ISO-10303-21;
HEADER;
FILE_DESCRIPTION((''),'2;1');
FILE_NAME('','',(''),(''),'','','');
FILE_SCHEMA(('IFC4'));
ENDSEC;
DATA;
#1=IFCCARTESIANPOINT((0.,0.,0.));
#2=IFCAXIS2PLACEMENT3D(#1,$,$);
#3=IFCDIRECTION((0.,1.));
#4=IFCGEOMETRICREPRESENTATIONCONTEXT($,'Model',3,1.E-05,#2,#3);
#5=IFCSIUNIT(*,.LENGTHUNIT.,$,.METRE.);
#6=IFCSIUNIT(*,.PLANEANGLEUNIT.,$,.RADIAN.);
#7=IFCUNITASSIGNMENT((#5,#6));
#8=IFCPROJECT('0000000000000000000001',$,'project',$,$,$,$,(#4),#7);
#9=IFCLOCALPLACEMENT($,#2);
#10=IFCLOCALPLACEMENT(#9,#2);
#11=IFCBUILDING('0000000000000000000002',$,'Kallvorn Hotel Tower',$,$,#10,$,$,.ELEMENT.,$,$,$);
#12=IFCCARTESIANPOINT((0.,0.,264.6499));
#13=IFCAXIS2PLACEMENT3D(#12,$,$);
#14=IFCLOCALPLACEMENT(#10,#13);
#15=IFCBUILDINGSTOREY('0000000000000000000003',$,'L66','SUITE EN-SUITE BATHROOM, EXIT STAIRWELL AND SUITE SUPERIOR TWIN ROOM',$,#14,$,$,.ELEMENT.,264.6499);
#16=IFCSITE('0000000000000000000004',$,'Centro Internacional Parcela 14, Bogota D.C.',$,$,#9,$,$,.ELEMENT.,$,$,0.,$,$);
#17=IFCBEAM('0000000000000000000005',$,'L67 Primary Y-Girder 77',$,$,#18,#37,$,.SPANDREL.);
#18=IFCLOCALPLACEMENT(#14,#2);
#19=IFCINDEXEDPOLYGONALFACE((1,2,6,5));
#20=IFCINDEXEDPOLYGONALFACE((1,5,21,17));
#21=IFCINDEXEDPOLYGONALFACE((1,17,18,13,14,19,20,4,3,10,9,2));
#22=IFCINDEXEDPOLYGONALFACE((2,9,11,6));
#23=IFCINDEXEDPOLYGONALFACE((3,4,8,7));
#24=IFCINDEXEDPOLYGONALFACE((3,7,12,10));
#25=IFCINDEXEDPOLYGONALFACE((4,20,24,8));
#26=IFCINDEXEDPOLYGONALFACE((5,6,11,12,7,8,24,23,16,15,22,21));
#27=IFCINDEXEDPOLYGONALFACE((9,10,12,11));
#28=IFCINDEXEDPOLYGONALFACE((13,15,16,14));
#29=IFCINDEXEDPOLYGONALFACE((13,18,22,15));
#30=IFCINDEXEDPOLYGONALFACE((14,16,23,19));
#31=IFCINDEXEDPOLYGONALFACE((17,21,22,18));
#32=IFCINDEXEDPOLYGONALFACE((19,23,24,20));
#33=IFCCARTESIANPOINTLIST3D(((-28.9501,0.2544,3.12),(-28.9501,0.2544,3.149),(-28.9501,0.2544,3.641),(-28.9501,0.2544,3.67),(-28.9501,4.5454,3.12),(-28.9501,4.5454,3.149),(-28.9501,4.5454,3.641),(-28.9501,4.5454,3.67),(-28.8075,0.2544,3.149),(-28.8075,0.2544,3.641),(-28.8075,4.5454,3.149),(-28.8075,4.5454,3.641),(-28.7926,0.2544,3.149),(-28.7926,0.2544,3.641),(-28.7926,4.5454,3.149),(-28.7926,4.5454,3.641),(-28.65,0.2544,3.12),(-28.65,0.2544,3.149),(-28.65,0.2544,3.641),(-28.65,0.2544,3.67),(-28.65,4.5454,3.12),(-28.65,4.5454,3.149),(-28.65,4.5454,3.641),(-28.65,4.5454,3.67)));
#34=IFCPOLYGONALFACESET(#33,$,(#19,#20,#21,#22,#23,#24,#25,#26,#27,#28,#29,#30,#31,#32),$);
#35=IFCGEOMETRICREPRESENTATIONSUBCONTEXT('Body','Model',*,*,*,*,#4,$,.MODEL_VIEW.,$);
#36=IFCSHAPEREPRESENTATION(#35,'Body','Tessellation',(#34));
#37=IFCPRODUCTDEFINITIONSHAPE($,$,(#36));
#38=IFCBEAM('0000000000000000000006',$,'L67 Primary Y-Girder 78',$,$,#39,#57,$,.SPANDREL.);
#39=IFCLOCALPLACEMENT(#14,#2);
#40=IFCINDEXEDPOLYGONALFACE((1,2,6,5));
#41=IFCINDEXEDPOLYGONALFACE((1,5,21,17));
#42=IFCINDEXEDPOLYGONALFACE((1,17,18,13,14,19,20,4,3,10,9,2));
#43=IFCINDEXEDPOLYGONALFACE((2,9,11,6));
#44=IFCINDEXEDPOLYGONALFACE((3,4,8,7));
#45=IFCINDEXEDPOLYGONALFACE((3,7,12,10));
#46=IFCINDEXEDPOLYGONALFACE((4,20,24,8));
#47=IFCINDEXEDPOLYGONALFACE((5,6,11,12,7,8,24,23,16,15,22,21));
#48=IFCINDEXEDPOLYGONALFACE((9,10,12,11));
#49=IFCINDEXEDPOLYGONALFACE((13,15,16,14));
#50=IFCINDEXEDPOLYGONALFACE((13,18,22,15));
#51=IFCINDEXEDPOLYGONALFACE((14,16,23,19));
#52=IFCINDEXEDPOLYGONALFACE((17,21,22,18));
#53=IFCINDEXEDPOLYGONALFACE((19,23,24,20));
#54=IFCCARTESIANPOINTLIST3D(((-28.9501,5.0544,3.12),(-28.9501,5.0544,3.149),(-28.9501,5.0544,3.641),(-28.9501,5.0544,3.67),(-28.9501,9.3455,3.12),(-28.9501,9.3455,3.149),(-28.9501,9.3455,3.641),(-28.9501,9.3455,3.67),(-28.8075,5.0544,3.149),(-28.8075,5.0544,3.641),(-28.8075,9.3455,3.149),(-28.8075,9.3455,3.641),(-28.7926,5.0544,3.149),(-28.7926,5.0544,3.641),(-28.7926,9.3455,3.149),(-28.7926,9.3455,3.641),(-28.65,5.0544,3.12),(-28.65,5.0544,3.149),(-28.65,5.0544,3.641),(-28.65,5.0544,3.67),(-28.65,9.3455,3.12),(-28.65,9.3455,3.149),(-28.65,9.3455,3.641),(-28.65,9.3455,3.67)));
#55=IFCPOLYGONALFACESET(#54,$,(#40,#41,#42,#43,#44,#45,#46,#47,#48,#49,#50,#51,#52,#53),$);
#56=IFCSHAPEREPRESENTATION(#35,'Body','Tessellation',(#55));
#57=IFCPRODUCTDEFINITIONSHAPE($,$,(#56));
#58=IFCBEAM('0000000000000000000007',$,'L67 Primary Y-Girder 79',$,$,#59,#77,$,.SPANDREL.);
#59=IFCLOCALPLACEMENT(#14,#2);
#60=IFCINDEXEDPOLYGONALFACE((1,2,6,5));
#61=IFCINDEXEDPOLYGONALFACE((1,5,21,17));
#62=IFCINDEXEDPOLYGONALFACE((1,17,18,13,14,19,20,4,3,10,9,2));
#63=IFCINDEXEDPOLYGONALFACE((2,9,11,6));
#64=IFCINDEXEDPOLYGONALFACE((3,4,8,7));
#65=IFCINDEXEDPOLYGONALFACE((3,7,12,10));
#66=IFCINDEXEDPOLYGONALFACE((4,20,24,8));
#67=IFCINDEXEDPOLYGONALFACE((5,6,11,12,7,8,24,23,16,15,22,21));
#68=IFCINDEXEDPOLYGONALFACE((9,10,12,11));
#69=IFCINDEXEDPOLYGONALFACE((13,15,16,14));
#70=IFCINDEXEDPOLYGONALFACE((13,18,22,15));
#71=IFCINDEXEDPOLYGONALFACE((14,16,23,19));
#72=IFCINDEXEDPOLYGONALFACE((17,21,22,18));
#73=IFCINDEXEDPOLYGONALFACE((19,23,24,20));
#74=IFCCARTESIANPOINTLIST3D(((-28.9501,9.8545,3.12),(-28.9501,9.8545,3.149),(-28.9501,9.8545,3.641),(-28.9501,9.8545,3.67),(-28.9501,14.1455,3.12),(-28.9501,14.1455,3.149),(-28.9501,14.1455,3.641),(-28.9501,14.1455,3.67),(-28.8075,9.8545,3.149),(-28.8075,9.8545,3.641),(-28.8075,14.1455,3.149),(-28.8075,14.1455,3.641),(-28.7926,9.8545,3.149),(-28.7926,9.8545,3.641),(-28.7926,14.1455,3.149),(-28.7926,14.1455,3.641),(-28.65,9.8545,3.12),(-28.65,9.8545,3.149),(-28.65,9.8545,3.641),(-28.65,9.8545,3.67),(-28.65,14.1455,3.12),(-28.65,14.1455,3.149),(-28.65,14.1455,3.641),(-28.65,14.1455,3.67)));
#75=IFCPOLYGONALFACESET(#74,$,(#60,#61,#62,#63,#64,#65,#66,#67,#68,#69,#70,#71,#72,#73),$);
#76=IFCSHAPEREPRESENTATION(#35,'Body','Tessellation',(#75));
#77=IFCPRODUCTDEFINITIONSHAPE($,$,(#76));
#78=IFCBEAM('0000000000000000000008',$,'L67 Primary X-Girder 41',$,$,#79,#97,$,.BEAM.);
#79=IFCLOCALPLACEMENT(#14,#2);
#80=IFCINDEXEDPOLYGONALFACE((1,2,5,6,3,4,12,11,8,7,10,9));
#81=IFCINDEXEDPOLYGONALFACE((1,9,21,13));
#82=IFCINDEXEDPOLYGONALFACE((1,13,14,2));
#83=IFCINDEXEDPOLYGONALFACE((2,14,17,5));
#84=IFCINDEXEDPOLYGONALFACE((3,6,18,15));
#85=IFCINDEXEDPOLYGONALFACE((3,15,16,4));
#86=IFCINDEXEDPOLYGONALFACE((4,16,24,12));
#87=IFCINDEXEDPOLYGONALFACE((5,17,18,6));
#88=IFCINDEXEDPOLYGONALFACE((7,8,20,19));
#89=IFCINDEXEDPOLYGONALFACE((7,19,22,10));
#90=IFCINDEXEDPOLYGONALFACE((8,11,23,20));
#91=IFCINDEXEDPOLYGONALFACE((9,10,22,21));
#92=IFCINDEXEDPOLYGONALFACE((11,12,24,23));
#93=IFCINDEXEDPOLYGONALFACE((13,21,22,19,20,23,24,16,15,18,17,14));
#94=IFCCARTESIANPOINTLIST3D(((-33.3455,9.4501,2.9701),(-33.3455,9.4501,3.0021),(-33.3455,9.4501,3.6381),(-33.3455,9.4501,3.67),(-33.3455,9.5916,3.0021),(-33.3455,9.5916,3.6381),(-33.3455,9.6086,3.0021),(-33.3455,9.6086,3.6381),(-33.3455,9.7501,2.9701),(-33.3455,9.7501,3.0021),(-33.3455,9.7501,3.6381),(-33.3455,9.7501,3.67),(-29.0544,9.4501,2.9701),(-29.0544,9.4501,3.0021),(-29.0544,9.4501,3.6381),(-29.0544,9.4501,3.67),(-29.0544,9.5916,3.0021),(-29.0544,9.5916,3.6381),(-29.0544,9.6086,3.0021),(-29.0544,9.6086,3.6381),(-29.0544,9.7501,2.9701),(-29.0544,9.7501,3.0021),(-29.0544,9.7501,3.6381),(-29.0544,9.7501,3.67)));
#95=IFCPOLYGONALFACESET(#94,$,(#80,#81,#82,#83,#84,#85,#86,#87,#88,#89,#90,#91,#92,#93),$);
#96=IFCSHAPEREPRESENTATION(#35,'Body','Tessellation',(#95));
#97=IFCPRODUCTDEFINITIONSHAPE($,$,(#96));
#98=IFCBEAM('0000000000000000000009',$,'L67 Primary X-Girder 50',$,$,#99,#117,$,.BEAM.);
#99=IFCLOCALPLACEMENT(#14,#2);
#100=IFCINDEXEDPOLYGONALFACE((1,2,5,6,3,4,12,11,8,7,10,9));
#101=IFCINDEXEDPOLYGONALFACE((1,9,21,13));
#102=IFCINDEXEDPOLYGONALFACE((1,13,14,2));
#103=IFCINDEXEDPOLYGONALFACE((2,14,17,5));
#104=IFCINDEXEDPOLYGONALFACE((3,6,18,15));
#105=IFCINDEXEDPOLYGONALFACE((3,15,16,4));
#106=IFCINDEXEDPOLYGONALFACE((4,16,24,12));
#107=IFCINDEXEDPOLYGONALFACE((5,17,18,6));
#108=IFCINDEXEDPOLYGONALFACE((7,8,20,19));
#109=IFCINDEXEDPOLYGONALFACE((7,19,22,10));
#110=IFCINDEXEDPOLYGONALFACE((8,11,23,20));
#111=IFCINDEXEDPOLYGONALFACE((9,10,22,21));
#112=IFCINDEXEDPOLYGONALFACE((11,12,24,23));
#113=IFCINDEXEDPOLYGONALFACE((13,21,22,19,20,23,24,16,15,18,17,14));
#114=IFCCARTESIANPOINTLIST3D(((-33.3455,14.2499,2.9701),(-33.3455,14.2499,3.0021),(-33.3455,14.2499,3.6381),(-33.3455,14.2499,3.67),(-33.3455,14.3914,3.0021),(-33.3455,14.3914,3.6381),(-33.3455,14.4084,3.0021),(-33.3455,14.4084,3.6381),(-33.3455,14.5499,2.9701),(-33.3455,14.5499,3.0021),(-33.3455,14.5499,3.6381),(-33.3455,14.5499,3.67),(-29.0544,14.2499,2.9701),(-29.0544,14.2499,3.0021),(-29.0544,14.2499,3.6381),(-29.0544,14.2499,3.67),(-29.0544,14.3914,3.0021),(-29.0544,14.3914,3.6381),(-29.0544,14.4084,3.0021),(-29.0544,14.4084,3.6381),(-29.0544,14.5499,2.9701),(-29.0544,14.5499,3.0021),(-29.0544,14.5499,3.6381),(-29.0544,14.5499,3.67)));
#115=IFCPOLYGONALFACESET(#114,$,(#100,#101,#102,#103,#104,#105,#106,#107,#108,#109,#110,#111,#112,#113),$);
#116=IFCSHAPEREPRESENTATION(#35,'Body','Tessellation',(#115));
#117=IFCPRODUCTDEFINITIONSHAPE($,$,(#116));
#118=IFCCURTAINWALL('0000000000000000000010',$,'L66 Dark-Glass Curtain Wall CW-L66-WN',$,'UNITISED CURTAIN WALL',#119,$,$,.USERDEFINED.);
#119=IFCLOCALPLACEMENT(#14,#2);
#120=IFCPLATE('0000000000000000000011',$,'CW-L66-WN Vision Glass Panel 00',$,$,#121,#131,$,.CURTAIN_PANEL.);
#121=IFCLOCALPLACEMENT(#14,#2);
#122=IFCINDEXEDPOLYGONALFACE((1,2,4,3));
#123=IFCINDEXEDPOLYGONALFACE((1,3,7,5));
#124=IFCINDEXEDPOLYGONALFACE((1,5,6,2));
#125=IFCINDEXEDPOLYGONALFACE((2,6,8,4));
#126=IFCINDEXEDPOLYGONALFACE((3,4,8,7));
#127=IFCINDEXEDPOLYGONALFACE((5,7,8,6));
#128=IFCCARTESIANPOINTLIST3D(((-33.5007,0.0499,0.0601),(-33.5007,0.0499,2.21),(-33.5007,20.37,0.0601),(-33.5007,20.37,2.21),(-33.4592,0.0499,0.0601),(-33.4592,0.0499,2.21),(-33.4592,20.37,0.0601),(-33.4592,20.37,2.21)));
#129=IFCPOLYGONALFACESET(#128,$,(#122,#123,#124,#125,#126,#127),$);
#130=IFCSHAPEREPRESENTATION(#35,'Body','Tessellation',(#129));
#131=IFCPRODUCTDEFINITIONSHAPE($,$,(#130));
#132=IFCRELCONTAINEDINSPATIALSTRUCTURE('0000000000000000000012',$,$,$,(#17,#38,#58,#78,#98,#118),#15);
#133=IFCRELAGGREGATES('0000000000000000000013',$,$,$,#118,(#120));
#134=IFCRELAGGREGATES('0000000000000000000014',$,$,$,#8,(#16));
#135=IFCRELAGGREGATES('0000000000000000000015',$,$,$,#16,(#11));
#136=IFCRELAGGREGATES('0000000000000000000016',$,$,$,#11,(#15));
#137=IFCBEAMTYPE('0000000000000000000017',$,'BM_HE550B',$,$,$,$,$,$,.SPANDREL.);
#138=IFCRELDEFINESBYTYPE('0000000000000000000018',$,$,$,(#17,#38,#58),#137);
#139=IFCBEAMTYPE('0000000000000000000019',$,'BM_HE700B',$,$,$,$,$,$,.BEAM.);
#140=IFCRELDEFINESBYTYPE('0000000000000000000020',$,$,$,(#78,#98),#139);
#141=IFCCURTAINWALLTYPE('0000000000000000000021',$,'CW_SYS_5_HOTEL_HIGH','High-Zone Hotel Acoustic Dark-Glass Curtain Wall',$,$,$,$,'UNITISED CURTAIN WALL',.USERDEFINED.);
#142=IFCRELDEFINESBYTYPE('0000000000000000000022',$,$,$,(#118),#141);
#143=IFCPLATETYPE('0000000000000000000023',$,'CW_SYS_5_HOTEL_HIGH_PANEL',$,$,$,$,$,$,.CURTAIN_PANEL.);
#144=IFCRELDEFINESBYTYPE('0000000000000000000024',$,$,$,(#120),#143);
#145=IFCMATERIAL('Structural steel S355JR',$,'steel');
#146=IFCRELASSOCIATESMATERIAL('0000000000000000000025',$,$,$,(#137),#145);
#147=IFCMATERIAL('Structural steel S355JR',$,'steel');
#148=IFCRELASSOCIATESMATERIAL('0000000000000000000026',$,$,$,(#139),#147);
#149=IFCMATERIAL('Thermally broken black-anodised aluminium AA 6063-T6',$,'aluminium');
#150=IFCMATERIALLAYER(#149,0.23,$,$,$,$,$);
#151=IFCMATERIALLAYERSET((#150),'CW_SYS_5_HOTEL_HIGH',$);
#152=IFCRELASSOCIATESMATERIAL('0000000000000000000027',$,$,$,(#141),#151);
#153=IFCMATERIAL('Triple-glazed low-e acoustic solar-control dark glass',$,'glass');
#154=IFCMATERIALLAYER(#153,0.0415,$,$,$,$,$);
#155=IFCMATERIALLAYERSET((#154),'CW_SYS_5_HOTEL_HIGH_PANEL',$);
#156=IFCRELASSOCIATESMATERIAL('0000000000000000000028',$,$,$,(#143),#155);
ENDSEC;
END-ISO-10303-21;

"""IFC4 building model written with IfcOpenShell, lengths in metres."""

from ifc_helpers import new_model, si_unit, direction, frame, origin, origin_2d, place, context, subcontext, project, spatial, rectangle, i_section, extrude, material, layer, layer_set, material_profile, profile_set, type_object, element, aggregate, save


model = new_model("IFC4")

# Units and contexts
model_context = context("Model", 3, precision=1e-05, world=origin(), true_north=direction((0.0, 1.0)))
body_context = subcontext(model_context, "Body", "Model", "MODEL_VIEW")
ifc_project = project(units=[si_unit("LENGTHUNIT", "METRE"), si_unit("PLANEANGLEUNIT", "RADIAN")], contexts=[model_context])

# Site, building, storey
site_placement = place(None, origin())
site = spatial("IfcSite", under=ifc_project, at=site_placement, Name="Centro Internacional Parcela 14, Bogota D.C.", CompositionType="ELEMENT", RefElevation=0.0)
building_placement = place(site_placement, origin())
building = spatial("IfcBuilding", under=site, at=building_placement, Name="Kallvorn Hotel Tower", CompositionType="ELEMENT")
storey_placement = place(building_placement, frame((0.0, 0.0, 264.6499)))
storey = spatial("IfcBuildingStorey", under=building, at=storey_placement, Name="L66", Description="SUITE EN-SUITE BATHROOM, EXIT STAIRWELL AND SUITE SUPERIOR TWIN ROOM", CompositionType="ELEMENT", Elevation=264.6499)

# Beams
ifc_material_1 = material(Name="Structural steel S355JR", Category="steel")
ifc_material_profile_1 = material_profile(ifc_material_1, i_section(OverallWidth=0.3, OverallDepth=0.55, WebThickness=0.0149, FlangeThickness=0.0291, at=origin_2d()), Name="HE 550 B")
ifc_profile_set_1 = profile_set([ifc_material_profile_1], Name="Structural steel S355JR")
beam_type_1 = type_object("IfcBeamType", Name="BM_HE550B", PredefinedType="SPANDREL", material=ifc_profile_set_1)
for number, where, z_axis, x_axis, name in (
    (1, (-28.8, 0.2544, 3.395), (0.0, 1.0, 0.0), (-1.0, 0.0, 0.0), "L67 Primary Y-Girder 77"),
    (2, (-28.8, 5.0544, 3.395), (0.0, 1.0, 0.0), (-1.0, 0.0, 0.0), "L67 Primary Y-Girder 78"),
    (3, (-28.8, 9.8545, 3.395), (0.0, 1.0, 0.0), (-1.0, 0.0, 0.0), "L67 Primary Y-Girder 79"),
):
    element("IfcBeam", number, at=place(storey_placement, frame(where, z_axis=z_axis, x_axis=x_axis)), inside=storey, type_object=beam_type_1, Name=name, PredefinedType="SPANDREL", context=body_context, shape_type="SweptSolid", body=[
        extrude(i_section(OverallWidth=0.3, OverallDepth=0.55, WebThickness=0.0149, FlangeThickness=0.0291, at=origin_2d()), origin(), (0.0, 0.0, 1.0), 4.291),
    ])
ifc_material_2 = material(Name="Structural steel S355JR", Category="steel")
ifc_material_profile_2 = material_profile(ifc_material_2, i_section(OverallWidth=0.3, OverallDepth=0.7, WebThickness=0.0171, FlangeThickness=0.032, at=origin_2d()), Name="HE 700 B")
ifc_profile_set_2 = profile_set([ifc_material_profile_2], Name="Structural steel S355JR")
beam_type_2 = type_object("IfcBeamType", Name="BM_HE700B", PredefinedType="BEAM", material=ifc_profile_set_2)
for number, where, z_axis, x_axis, name in (
    (4, (-33.3455, 9.6001, 3.3201), (1.0, 0.0, 0.0), (0.0, 1.0, 0.0), "L67 Primary X-Girder 41"),
    (5, (-33.3455, 14.3999, 3.3201), (1.0, 0.0, 0.0), (0.0, 1.0, 0.0), "L67 Primary X-Girder 50"),
):
    element("IfcBeam", number, at=place(storey_placement, frame(where, z_axis=z_axis, x_axis=x_axis)), inside=storey, type_object=beam_type_2, Name=name, PredefinedType="BEAM", context=body_context, shape_type="SweptSolid", body=[
        extrude(i_section(OverallWidth=0.3, OverallDepth=0.7, WebThickness=0.0171, FlangeThickness=0.032, at=origin_2d()), origin(), (0.0, 0.0, 1.0), 4.291),
    ])

# Curtain wall, plate
ifc_material_3 = material(Name="Thermally broken black-anodised aluminium AA 6063-T6", Category="aluminium")
ifc_layer_1 = layer(ifc_material_3, 0.23)
ifc_layer_set_1 = layer_set([ifc_layer_1], Name="CW_SYS_5_HOTEL_HIGH")
curtain_wall_type = type_object("IfcCurtainWallType", Name="CW_SYS_5_HOTEL_HIGH", Description="High-Zone Hotel Acoustic Dark-Glass Curtain Wall", ElementType="UNITISED CURTAIN WALL", PredefinedType="USERDEFINED", material=ifc_layer_set_1)
curtain_wall_placement = place(storey_placement, origin())
curtain_wall = element("IfcCurtainWall", 6, at=curtain_wall_placement, inside=storey, type_object=curtain_wall_type, Name="L66 Dark-Glass Curtain Wall CW-L66-WN", ObjectType="UNITISED CURTAIN WALL", PredefinedType="USERDEFINED")
ifc_material_4 = material(Name="Triple-glazed low-e acoustic solar-control dark glass", Category="glass")
ifc_layer_2 = layer(ifc_material_4, 0.0415)
ifc_layer_set_2 = layer_set([ifc_layer_2], Name="CW_SYS_5_HOTEL_HIGH_PANEL")
plate_type = type_object("IfcPlateType", Name="CW_SYS_5_HOTEL_HIGH_PANEL", PredefinedType="CURTAIN_PANEL", material=ifc_layer_set_2)
plate_placement = place(storey_placement, frame((-33.48, 10.21, 0.0601), z_axis=(0.0, 0.0, 1.0), x_axis=(0.0, 1.0, 0.0)))
plate = element("IfcPlate", 7, at=plate_placement, type_object=plate_type, Name="CW-L66-WN Vision Glass Panel 00", PredefinedType="CURTAIN_PANEL", context=body_context, shape_type="SweptSolid", body=[
    extrude(rectangle(XDim=20.3201, YDim=0.0415, at=origin_2d()), origin(), (0.0, 0.0, 1.0), 2.1499),
])
aggregate(curtain_wall, [plate])

save(model, "model.ifc")
